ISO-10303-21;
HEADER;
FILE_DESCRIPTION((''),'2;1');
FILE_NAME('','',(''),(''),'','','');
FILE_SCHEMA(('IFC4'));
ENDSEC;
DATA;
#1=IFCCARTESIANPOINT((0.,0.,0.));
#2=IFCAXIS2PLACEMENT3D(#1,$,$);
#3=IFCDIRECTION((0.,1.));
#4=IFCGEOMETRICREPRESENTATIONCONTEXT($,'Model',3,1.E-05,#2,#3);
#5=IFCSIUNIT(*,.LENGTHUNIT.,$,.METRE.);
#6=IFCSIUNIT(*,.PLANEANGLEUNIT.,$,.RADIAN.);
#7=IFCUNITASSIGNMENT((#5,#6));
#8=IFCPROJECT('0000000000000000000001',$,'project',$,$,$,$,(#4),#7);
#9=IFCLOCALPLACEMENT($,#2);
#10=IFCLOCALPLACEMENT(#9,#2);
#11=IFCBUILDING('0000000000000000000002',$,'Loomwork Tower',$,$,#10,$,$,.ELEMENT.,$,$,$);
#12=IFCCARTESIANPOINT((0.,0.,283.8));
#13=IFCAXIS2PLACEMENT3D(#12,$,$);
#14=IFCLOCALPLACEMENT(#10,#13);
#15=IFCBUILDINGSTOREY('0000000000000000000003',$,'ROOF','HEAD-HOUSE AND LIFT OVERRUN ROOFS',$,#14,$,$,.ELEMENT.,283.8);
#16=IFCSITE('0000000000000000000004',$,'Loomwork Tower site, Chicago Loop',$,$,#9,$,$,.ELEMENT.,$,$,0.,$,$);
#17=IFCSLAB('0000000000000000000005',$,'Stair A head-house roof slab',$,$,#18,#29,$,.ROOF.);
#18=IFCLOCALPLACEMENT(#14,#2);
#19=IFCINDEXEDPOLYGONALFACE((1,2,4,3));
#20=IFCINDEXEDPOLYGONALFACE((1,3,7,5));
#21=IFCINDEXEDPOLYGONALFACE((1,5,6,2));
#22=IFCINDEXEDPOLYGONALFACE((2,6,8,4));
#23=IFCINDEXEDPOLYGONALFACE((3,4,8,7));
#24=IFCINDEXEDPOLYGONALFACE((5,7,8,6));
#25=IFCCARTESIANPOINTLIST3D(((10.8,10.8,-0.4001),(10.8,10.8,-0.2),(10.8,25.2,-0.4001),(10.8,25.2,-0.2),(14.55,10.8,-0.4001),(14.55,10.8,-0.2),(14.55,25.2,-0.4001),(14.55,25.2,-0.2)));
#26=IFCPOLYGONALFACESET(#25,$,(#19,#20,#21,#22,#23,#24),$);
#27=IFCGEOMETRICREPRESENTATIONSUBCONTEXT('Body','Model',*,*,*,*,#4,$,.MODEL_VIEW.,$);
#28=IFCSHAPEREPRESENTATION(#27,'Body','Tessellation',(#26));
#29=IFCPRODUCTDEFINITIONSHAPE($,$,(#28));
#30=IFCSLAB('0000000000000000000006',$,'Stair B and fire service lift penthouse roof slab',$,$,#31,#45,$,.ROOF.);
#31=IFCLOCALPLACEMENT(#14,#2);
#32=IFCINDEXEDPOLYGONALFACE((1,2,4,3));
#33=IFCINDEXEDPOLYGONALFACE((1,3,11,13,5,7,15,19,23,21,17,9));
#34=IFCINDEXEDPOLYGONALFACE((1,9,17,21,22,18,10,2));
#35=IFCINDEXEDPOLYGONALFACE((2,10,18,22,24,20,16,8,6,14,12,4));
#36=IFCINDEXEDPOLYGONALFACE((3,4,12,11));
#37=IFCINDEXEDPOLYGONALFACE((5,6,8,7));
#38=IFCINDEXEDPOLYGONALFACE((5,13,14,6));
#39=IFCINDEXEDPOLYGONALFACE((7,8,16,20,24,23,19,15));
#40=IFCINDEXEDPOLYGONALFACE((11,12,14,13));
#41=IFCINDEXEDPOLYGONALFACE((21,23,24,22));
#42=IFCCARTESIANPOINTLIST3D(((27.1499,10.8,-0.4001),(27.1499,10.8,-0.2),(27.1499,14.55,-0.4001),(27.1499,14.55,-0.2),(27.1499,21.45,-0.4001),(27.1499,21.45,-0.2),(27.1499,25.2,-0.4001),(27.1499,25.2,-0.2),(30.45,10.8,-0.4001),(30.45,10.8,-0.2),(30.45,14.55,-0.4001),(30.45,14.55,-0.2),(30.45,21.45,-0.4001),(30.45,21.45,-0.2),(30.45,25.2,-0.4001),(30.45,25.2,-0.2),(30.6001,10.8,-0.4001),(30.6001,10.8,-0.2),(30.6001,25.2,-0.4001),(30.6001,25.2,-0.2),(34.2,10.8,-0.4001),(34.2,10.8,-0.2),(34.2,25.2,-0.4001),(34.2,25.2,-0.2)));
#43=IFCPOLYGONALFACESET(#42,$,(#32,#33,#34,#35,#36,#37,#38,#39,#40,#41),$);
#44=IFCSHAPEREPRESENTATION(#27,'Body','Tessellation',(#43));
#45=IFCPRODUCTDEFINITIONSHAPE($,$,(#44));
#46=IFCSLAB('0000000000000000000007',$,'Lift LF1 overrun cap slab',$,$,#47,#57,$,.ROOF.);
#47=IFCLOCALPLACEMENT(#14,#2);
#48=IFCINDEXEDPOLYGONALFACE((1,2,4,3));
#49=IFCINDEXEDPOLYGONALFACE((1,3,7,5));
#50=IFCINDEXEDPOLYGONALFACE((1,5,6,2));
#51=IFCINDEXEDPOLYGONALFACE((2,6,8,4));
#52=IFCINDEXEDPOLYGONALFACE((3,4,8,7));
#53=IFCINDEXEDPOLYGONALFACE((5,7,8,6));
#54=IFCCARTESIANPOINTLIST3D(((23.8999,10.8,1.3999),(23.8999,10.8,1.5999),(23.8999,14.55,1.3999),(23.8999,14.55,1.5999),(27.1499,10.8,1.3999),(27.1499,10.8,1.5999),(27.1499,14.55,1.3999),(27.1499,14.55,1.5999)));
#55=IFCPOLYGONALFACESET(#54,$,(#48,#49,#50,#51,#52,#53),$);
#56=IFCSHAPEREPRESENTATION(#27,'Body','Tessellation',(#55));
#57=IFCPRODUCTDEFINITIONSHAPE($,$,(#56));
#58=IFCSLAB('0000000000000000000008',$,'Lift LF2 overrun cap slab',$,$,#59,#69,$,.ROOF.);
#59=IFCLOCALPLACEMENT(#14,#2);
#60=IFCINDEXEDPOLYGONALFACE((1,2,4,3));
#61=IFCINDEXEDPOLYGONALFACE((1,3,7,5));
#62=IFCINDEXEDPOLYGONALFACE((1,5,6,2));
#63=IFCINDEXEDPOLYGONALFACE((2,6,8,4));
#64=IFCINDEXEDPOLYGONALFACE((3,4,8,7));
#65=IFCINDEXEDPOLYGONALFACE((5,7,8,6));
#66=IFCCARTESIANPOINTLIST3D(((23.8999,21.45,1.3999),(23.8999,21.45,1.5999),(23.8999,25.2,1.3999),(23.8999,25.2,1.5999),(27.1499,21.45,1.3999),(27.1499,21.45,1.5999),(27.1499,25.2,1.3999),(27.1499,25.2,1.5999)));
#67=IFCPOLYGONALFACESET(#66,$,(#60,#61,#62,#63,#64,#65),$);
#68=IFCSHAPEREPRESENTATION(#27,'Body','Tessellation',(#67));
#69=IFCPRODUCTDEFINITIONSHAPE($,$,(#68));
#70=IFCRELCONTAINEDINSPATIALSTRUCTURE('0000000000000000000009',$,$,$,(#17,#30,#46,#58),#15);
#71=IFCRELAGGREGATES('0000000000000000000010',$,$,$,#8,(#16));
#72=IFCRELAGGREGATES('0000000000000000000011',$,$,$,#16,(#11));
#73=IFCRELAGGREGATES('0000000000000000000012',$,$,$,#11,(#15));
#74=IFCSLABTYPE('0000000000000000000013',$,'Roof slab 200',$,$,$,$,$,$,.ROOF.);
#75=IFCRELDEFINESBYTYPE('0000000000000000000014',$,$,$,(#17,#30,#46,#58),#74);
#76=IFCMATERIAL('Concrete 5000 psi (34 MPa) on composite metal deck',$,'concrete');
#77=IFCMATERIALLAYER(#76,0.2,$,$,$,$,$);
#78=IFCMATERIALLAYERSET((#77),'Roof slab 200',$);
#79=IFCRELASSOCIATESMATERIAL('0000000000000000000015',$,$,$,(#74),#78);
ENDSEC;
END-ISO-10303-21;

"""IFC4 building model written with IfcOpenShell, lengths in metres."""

from ifc_helpers import new_model, si_unit, direction, frame, origin, place, context, subcontext, project, spatial, polyline, outline, extrude, material, layer, layer_set, type_object, element, save


model = new_model("IFC4")

# Units and contexts
model_context = context("Model", 3, precision=1e-05, world=origin(), true_north=direction((0.0, 1.0)))
body_context = subcontext(model_context, "Body", "Model", "MODEL_VIEW")
ifc_project = project(units=[si_unit("LENGTHUNIT", "METRE"), si_unit("PLANEANGLEUNIT", "RADIAN")], contexts=[model_context])

# Site, building, storey
site_placement = place(None, origin())
site = spatial("IfcSite", under=ifc_project, at=site_placement, Name="Loomwork Tower site, Chicago Loop", CompositionType="ELEMENT", RefElevation=0.0)
building_placement = place(site_placement, origin())
building = spatial("IfcBuilding", under=site, at=building_placement, Name="Loomwork Tower", CompositionType="ELEMENT")
storey_placement = place(building_placement, frame((0.0, 0.0, 283.8)))
storey = spatial("IfcBuildingStorey", under=building, at=storey_placement, Name="ROOF", Description="HEAD-HOUSE AND LIFT OVERRUN ROOFS", CompositionType="ELEMENT", Elevation=283.8)

# Slabs
ifc_material = material(Name="Concrete 5000 psi (34 MPa) on composite metal deck", Category="concrete")
ifc_layer = layer(ifc_material, 0.2)
ifc_layer_set = layer_set([ifc_layer], Name="Roof slab 200")
slab_type = type_object("IfcSlabType", Name="Roof slab 200", PredefinedType="ROOF", material=ifc_layer_set)
slab_1_placement = place(storey_placement, frame((0.0, 0.0, -0.4001)))
element("IfcSlab", 1, at=slab_1_placement, inside=storey, type_object=slab_type, Name="Stair A head-house roof slab", PredefinedType="ROOF", context=body_context, shape_type="SweptSolid", body=[
    extrude(outline(polyline([(14.55, 10.8), (14.55, 25.2), (10.8, 25.2), (10.8, 10.8), (14.55, 10.8)])), origin(), (0.0, 0.0, 1.0), 0.2002),
])
slab_2_placement = place(storey_placement, frame((0.0, 0.0, -0.4001)))
element("IfcSlab", 2, at=slab_2_placement, inside=storey, type_object=slab_type, Name="Stair B and fire service lift penthouse roof slab", PredefinedType="ROOF", context=body_context, shape_type="SweptSolid", body=[
    extrude(outline(polyline([(30.45, 14.55), (30.45, 21.45), (27.1499, 21.45), (27.1499, 25.2), (30.45, 25.2), (30.6001, 25.2), (34.2, 25.2), (34.2, 10.8), (30.6001, 10.8), (30.45, 10.8), (27.1499, 10.8), (27.1499, 14.55), (30.45, 14.55)])), origin(), (0.0, 0.0, 1.0), 0.2002),
])
slab_3_placement = place(storey_placement, frame((0.0, 0.0, 1.3999)))
element("IfcSlab", 3, at=slab_3_placement, inside=storey, type_object=slab_type, Name="Lift LF1 overrun cap slab", PredefinedType="ROOF", context=body_context, shape_type="SweptSolid", body=[
    extrude(outline(polyline([(23.8999, 10.8), (27.1499, 10.8), (27.1499, 14.55), (23.8999, 14.55), (23.8999, 10.8)])), origin(), (0.0, 0.0, 1.0), 0.2),
])
slab_4_placement = place(storey_placement, frame((0.0, 0.0, 1.3999)))
element("IfcSlab", 4, at=slab_4_placement, inside=storey, type_object=slab_type, Name="Lift LF2 overrun cap slab", PredefinedType="ROOF", context=body_context, shape_type="SweptSolid", body=[
    extrude(outline(polyline([(23.8999, 21.45), (27.1499, 21.45), (27.1499, 25.2), (23.8999, 25.2), (23.8999, 21.45)])), origin(), (0.0, 0.0, 1.0), 0.2),
])

save(model, "model.ifc")
